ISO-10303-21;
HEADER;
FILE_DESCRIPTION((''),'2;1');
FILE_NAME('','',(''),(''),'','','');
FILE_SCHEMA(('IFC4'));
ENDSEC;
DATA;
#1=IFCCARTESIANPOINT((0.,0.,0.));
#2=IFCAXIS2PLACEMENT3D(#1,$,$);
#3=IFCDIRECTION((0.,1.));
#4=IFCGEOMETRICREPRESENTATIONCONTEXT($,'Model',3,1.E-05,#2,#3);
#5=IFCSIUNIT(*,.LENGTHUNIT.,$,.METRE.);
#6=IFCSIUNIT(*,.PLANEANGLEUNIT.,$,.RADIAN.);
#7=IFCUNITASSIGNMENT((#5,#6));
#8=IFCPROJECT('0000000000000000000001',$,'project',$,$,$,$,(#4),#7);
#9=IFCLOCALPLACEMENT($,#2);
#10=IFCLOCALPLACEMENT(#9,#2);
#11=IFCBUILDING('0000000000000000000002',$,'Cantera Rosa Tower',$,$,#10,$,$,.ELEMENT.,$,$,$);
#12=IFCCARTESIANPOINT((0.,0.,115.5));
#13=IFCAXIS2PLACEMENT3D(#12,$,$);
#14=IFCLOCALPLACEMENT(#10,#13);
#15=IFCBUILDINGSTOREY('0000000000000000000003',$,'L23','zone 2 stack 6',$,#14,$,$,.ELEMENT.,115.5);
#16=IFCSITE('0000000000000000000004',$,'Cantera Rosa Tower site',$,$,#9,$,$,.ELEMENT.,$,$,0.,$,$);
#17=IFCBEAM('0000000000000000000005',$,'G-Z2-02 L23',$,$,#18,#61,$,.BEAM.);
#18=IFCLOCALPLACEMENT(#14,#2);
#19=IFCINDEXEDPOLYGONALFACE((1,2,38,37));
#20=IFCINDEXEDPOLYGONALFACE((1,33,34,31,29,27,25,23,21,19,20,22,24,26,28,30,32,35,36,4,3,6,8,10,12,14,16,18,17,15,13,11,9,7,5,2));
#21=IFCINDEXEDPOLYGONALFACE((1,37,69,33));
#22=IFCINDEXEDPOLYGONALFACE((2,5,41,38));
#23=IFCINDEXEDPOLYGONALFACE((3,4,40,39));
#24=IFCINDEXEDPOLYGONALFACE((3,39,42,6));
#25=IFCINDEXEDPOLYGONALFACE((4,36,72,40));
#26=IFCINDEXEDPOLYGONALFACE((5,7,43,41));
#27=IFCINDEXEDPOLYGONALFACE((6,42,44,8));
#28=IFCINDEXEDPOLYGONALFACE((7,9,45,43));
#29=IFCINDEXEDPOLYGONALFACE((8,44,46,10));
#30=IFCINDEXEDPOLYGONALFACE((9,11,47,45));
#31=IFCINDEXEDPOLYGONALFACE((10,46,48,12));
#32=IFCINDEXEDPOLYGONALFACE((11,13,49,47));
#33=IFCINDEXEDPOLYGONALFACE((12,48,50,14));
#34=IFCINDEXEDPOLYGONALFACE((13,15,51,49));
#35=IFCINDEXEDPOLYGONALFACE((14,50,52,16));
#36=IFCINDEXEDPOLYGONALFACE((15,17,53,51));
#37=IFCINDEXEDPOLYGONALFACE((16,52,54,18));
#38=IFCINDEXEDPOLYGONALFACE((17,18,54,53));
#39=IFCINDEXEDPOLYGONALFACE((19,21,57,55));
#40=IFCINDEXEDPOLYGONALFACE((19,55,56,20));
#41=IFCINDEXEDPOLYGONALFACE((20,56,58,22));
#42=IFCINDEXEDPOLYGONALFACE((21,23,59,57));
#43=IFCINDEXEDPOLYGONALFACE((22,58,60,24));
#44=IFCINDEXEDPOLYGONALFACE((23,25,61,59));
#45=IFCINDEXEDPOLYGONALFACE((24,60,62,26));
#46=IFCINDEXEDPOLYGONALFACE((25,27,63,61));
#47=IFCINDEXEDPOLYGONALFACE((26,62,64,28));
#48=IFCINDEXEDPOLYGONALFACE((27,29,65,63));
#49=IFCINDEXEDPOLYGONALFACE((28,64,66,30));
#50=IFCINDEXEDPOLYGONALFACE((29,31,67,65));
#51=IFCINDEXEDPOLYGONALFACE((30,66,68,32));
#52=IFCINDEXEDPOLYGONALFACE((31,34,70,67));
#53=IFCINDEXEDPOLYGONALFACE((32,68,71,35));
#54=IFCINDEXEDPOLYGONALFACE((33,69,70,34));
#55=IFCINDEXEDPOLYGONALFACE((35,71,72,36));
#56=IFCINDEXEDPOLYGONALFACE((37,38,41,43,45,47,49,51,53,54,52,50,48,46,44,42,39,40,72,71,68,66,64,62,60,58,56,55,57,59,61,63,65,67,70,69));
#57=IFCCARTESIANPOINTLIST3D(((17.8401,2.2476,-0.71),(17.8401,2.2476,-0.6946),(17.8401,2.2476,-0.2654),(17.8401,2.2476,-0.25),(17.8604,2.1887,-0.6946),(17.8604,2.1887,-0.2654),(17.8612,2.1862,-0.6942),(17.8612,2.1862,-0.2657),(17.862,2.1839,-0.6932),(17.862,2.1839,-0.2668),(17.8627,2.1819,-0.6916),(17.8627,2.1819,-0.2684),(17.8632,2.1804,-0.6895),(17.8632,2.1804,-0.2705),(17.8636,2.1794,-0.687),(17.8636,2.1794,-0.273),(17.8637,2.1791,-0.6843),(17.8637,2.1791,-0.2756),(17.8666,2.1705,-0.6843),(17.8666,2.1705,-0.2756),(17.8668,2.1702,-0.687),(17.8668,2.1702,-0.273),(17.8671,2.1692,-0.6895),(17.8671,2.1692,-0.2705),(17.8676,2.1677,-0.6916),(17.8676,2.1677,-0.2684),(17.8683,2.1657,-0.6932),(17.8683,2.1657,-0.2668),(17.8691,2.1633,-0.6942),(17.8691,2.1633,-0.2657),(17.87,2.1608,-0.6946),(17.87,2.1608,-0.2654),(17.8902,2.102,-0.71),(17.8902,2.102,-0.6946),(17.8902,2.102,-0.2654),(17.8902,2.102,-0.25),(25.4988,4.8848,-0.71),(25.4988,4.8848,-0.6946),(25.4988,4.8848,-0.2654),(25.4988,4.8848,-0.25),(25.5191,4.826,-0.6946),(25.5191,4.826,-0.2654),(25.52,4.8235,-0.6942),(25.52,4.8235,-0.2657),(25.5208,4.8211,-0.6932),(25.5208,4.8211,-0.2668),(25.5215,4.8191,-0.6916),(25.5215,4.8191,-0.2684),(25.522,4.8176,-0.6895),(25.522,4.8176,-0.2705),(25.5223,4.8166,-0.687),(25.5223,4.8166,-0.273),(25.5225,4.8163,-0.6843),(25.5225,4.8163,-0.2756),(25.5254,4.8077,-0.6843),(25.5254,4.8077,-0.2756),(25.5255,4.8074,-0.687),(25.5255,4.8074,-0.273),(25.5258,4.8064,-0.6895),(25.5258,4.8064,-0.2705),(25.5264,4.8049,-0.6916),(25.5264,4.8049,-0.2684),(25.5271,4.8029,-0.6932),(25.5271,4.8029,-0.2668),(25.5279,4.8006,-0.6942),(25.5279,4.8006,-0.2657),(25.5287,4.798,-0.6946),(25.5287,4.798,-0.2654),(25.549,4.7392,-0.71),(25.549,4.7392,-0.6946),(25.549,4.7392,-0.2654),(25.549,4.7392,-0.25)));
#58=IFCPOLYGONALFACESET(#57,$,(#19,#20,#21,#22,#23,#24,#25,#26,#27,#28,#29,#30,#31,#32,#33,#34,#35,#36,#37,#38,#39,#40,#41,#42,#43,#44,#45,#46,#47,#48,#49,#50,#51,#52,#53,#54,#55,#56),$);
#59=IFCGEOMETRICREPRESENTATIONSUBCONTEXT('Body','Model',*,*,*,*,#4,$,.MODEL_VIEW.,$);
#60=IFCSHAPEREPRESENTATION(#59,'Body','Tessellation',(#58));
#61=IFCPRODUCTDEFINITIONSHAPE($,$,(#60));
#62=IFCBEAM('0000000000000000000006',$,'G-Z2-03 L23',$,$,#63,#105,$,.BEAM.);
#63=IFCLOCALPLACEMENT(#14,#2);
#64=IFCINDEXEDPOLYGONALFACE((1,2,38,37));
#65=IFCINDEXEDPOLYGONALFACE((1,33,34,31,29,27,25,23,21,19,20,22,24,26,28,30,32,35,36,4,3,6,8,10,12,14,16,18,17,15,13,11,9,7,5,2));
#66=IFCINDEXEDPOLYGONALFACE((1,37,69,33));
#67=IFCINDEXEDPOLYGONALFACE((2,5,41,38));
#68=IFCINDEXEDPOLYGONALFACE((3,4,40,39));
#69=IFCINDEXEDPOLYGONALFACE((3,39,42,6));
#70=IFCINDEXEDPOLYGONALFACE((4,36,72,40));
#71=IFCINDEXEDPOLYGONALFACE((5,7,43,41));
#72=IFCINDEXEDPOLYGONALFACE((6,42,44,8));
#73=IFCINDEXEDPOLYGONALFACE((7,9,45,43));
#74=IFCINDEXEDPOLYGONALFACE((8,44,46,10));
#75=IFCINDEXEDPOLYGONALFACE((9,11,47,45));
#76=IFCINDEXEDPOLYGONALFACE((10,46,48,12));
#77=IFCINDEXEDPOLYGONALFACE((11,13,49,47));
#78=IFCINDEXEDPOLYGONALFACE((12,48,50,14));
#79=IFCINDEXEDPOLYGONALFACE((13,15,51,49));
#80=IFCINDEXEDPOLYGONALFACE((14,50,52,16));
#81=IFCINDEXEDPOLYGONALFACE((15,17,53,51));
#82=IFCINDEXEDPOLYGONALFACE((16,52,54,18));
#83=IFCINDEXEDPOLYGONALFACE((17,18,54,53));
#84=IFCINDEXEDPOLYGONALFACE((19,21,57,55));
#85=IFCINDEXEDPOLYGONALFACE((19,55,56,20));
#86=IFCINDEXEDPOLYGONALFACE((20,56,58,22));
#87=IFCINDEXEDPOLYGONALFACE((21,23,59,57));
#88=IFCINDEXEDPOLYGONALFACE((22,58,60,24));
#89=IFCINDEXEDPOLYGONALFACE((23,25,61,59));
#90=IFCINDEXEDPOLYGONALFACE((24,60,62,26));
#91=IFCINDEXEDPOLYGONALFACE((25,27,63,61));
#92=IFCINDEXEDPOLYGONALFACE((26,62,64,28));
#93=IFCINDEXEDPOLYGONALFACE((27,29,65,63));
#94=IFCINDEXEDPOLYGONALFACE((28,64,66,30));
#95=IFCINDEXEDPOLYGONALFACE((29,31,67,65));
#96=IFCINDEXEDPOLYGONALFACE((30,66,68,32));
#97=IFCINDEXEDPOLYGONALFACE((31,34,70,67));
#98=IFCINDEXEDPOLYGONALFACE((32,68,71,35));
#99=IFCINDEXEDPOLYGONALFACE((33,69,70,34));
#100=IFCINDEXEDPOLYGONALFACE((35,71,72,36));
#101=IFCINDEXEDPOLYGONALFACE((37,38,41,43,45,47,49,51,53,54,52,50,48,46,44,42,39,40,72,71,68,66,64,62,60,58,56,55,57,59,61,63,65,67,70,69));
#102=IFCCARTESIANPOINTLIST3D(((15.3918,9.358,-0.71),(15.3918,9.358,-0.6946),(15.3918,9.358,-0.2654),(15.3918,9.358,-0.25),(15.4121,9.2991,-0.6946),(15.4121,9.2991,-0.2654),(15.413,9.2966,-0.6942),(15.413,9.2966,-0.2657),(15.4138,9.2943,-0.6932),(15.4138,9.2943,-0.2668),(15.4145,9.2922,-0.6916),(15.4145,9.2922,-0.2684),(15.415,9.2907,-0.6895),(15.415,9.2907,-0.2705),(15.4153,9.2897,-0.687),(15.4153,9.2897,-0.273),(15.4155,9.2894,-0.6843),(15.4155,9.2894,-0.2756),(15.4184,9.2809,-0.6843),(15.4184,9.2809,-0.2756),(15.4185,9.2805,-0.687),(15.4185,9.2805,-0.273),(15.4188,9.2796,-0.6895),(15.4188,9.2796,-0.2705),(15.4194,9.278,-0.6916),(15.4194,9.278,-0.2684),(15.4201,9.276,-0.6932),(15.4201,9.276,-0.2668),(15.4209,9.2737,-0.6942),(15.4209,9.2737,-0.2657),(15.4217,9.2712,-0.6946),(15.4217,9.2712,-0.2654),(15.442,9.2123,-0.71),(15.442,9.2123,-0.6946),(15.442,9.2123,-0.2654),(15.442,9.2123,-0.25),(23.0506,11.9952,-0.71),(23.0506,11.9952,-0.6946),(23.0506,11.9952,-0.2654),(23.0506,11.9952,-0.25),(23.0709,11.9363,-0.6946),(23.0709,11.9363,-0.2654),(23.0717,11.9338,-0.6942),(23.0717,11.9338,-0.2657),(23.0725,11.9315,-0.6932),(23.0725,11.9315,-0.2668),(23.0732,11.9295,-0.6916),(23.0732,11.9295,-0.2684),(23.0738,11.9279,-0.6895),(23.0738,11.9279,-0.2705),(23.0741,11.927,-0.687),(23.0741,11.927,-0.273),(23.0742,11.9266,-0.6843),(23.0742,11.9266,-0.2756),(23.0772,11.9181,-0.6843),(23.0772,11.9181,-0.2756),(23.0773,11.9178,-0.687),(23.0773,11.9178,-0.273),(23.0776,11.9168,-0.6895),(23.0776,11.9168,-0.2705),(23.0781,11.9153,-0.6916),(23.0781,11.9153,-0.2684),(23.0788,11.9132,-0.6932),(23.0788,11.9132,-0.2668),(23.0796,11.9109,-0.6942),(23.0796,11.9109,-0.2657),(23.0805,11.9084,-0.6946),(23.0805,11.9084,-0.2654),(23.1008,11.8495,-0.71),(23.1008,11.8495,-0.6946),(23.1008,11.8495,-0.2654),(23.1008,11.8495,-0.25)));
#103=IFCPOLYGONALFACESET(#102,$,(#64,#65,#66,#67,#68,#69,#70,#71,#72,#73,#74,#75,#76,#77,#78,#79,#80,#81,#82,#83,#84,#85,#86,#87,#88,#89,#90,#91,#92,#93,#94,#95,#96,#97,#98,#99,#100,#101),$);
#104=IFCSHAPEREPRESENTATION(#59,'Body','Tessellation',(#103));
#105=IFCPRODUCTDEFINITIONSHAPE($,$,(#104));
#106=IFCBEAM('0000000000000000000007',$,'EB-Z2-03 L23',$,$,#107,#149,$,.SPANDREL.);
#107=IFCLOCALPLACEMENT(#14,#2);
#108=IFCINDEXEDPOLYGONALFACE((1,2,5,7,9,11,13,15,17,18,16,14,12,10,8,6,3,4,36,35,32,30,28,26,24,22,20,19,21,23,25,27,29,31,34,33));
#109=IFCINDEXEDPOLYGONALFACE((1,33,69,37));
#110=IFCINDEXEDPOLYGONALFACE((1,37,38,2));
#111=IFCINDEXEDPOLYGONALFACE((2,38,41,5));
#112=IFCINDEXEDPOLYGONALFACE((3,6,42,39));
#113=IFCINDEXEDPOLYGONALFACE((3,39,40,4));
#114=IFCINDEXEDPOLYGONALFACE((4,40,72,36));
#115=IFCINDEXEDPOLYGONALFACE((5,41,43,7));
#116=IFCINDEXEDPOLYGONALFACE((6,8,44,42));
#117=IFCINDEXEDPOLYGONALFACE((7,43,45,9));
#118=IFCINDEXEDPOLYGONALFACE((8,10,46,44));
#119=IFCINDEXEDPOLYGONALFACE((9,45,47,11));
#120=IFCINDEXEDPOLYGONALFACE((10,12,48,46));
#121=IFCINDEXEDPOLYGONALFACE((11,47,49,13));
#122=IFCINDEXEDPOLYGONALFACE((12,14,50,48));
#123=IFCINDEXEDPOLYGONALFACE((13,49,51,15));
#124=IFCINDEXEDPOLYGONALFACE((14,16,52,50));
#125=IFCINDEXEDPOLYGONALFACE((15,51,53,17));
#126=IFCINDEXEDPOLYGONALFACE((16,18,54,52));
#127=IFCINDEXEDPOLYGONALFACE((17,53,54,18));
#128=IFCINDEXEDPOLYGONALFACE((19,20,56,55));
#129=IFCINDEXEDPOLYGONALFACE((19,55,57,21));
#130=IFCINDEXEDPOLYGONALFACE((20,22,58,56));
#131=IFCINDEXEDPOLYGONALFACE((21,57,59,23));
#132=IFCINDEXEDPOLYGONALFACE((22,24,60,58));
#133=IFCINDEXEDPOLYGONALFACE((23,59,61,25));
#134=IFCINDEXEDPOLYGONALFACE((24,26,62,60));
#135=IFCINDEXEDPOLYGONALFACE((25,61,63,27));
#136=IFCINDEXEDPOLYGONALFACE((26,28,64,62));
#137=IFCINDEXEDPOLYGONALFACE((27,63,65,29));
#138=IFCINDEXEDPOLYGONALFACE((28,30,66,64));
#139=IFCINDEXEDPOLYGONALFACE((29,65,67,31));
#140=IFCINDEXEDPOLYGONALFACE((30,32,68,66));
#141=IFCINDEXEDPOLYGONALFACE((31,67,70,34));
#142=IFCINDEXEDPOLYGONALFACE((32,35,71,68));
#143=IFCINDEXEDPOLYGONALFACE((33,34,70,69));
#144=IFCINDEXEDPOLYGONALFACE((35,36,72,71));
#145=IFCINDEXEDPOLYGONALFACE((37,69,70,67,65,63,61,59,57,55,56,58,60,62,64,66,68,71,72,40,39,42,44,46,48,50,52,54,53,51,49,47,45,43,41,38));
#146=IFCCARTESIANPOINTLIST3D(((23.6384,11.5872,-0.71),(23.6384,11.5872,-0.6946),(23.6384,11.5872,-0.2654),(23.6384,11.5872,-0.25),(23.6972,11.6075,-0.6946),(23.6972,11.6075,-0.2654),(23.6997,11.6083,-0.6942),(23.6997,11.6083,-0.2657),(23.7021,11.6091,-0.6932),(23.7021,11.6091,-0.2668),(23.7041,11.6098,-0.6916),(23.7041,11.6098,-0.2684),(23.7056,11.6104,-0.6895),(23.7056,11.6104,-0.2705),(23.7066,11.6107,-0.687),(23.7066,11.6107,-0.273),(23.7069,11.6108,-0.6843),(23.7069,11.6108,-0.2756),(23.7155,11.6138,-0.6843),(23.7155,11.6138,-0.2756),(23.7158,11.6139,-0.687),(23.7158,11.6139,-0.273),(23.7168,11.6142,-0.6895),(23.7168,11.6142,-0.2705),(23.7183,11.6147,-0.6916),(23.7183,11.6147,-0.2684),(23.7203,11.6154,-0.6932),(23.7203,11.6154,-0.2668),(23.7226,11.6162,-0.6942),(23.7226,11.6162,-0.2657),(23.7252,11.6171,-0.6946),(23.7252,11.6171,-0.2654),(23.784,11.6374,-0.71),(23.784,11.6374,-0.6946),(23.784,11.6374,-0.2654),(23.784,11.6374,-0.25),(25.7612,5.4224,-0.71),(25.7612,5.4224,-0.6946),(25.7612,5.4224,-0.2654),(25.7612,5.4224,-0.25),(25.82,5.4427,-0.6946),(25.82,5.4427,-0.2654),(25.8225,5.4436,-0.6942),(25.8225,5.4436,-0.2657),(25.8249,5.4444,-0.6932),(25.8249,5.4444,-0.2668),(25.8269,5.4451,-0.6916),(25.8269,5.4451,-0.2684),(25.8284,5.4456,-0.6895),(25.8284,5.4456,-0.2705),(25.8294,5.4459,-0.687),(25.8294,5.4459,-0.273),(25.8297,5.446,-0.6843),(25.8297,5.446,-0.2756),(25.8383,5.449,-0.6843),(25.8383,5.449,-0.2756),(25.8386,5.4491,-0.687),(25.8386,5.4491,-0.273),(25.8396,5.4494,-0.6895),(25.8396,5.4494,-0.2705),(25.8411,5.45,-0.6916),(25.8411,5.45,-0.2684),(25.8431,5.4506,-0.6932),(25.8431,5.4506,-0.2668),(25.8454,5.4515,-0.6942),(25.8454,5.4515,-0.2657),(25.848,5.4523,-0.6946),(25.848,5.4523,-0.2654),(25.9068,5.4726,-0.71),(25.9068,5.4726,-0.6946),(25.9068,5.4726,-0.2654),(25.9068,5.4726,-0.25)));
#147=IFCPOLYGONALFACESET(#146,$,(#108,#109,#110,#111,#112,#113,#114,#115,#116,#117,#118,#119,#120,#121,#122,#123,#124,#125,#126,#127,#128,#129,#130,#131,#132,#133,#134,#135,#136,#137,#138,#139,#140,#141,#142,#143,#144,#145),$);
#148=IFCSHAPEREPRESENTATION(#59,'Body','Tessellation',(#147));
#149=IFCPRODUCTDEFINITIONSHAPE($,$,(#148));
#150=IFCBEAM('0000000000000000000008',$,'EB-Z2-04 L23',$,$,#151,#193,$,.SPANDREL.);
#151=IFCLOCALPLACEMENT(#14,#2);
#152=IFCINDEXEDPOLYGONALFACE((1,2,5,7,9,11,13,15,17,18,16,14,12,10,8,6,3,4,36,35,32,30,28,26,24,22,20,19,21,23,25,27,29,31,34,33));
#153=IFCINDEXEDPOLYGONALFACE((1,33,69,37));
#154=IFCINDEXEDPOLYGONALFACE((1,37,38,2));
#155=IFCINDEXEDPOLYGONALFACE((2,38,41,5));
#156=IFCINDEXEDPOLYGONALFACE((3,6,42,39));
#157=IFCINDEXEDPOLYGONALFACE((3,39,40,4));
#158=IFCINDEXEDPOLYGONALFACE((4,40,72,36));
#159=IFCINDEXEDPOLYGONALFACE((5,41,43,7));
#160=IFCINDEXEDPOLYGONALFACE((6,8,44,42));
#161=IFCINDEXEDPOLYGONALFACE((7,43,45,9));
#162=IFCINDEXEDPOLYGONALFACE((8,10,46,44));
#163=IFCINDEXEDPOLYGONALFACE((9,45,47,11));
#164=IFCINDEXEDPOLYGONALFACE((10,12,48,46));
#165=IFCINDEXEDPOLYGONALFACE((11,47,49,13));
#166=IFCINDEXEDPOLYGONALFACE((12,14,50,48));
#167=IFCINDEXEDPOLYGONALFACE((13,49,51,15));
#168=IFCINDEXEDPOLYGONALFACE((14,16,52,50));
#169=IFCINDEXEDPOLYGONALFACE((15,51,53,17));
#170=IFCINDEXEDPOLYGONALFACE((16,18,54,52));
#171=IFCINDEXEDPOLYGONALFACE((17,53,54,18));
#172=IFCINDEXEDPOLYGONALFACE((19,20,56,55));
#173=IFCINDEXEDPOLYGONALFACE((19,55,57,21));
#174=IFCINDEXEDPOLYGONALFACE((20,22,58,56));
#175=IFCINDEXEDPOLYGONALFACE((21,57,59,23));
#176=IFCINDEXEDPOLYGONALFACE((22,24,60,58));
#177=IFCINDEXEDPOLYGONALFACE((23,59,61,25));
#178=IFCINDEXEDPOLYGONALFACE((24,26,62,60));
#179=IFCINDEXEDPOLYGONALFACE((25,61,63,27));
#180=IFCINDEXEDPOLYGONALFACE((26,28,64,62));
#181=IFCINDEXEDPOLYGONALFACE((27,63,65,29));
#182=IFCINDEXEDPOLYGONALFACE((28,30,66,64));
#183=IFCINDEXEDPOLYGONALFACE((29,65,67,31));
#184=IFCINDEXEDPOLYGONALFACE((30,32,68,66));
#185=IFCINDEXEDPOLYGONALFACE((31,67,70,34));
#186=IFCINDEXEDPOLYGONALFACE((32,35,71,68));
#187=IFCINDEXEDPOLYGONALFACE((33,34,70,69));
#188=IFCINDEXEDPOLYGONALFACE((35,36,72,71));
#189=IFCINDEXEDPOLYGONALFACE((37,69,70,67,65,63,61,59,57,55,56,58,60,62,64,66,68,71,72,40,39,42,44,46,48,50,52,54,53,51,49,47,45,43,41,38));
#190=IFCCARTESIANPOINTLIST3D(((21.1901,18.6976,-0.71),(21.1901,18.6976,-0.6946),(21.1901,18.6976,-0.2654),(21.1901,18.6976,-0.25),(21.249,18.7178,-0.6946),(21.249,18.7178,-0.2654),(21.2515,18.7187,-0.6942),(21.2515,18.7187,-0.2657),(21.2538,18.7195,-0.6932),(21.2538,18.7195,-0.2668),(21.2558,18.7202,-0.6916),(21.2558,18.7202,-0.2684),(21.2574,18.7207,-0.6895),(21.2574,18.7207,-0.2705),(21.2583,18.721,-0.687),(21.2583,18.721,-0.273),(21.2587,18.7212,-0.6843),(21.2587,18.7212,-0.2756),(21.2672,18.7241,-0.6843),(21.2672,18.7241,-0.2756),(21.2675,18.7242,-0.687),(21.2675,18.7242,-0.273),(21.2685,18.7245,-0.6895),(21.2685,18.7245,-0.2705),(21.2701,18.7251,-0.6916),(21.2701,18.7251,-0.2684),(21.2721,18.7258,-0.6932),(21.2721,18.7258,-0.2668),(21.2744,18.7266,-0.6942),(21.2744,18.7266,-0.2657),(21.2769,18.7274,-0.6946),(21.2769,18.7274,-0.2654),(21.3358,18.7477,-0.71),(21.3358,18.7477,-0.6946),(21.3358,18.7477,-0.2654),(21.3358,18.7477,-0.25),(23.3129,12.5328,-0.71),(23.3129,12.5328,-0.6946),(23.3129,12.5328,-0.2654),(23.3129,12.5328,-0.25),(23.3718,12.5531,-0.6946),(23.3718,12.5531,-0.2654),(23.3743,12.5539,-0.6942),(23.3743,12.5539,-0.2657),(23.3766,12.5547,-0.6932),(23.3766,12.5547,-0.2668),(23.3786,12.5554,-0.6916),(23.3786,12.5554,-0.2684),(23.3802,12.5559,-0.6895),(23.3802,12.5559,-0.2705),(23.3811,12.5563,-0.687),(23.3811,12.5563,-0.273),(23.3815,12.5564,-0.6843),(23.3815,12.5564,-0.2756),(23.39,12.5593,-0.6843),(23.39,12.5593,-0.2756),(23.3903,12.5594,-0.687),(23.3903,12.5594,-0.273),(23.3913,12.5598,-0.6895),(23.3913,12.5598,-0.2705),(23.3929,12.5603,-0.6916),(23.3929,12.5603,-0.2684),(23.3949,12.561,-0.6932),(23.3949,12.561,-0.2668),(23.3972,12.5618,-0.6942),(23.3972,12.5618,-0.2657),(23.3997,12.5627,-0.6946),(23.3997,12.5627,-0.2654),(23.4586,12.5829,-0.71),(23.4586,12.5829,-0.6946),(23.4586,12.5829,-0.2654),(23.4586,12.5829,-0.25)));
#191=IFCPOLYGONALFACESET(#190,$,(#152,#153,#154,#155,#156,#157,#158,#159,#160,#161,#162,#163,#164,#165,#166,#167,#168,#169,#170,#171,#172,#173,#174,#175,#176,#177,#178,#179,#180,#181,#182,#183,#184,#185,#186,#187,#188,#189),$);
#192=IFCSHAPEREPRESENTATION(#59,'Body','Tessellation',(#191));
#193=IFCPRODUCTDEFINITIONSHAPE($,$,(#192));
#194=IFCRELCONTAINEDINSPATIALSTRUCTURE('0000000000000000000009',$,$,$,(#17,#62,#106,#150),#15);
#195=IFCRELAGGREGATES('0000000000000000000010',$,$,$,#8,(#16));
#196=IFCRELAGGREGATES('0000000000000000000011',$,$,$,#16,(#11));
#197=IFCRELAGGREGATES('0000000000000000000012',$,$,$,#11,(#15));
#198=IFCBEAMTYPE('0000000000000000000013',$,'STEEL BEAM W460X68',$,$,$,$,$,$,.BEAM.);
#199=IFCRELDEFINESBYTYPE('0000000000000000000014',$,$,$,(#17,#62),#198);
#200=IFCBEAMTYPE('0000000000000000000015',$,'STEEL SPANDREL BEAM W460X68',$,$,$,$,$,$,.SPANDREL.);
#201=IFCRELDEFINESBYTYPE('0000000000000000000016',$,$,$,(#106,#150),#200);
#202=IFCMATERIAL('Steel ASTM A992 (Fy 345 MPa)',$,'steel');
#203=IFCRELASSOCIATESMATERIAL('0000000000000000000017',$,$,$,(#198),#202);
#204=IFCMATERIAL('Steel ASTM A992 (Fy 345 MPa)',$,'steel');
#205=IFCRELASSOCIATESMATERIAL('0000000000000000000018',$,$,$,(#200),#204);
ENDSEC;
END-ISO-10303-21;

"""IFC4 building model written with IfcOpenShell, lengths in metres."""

from ifc_helpers import new_model, si_unit, direction, frame, origin, origin_2d, place, context, subcontext, project, spatial, i_section, extrude, material, material_profile, profile_set, type_object, element, save


model = new_model("IFC4")

# Units and contexts
model_context = context("Model", 3, precision=1e-05, world=origin(), true_north=direction((0.0, 1.0)))
body_context = subcontext(model_context, "Body", "Model", "MODEL_VIEW")
ifc_project = project(units=[si_unit("LENGTHUNIT", "METRE"), si_unit("PLANEANGLEUNIT", "RADIAN")], contexts=[model_context])

# Site, building, storey
site_placement = place(None, origin())
site = spatial("IfcSite", under=ifc_project, at=site_placement, Name="Cantera Rosa Tower site", CompositionType="ELEMENT", RefElevation=0.0)
building_placement = place(site_placement, origin())
building = spatial("IfcBuilding", under=site, at=building_placement, Name="Cantera Rosa Tower", CompositionType="ELEMENT")
storey_placement = place(building_placement, frame((0.0, 0.0, 115.5)))
storey = spatial("IfcBuildingStorey", under=building, at=storey_placement, Name="L23", Description="zone 2 stack 6", CompositionType="ELEMENT", Elevation=115.5)

# Beams
ifc_material_1 = material(Name="Steel ASTM A992 (Fy 345 MPa)", Category="steel")
ifc_material_profile_1 = material_profile(ifc_material_1, i_section(OverallWidth=0.1541, OverallDepth=0.46, WebThickness=0.009, FlangeThickness=0.0154, FilletRadius=0.0103, at=origin_2d()), Name="W460X68")
ifc_profile_set_1 = profile_set([ifc_material_profile_1], Name="Steel ASTM A992 (Fy 345 MPa)")
beam_type_1 = type_object("IfcBeamType", Name="STEEL BEAM W460X68", PredefinedType="BEAM", material=ifc_profile_set_1)
for number, where, z_axis, x_axis, name in (
    (1, (25.5239, 4.812, -0.48), (-0.945514, -0.32558, 0.0), (0.32558, -0.945514, 0.0), "G-Z2-02 L23"),
    (2, (23.0757, 11.9224, -0.48), (-0.945514, -0.32558, 0.0), (0.32558, -0.945514, 0.0), "G-Z2-03 L23"),
):
    element("IfcBeam", number, at=place(storey_placement, frame(where, z_axis=z_axis, x_axis=x_axis)), inside=storey, type_object=beam_type_1, Name=name, PredefinedType="BEAM", context=body_context, shape_type="SweptSolid", body=[
        extrude(i_section(OverallWidth=0.1541, OverallDepth=0.46, WebThickness=0.009, FlangeThickness=0.0154, FilletRadius=0.0103, at=origin_2d()), origin(), (0.0, 0.0, 1.0), 8.1001),
    ])
ifc_material_2 = material(Name="Steel ASTM A992 (Fy 345 MPa)", Category="steel")
ifc_material_profile_2 = material_profile(ifc_material_2, i_section(OverallWidth=0.1541, OverallDepth=0.46, WebThickness=0.009, FlangeThickness=0.0154, FilletRadius=0.0103, at=origin_2d()), Name="W460X68")
ifc_profile_set_2 = profile_set([ifc_material_profile_2], Name="Steel ASTM A992 (Fy 345 MPa)")
beam_type_2 = type_object("IfcBeamType", Name="STEEL SPANDREL BEAM W460X68", PredefinedType="SPANDREL", material=ifc_profile_set_2)
for number, where, z_axis, x_axis, name in (
    (3, (25.834, 5.4475, -0.48), (-0.325581, 0.945514, 0.0), (-0.945514, -0.325581, 0.0), "EB-Z2-03 L23"),
    (4, (23.3857, 12.5579, -0.48), (-0.325581, 0.945514, 0.0), (-0.945514, -0.325581, 0.0), "EB-Z2-04 L23"),
):
    element("IfcBeam", number, at=place(storey_placement, frame(where, z_axis=z_axis, x_axis=x_axis)), inside=storey, type_object=beam_type_2, Name=name, PredefinedType="SPANDREL", context=body_context, shape_type="SweptSolid", body=[
        extrude(i_section(OverallWidth=0.1541, OverallDepth=0.46, WebThickness=0.009, FlangeThickness=0.0154, FilletRadius=0.0103, at=origin_2d()), origin(), (0.0, 0.0, 1.0), 6.52),
    ])

save(model, "model.ifc")
